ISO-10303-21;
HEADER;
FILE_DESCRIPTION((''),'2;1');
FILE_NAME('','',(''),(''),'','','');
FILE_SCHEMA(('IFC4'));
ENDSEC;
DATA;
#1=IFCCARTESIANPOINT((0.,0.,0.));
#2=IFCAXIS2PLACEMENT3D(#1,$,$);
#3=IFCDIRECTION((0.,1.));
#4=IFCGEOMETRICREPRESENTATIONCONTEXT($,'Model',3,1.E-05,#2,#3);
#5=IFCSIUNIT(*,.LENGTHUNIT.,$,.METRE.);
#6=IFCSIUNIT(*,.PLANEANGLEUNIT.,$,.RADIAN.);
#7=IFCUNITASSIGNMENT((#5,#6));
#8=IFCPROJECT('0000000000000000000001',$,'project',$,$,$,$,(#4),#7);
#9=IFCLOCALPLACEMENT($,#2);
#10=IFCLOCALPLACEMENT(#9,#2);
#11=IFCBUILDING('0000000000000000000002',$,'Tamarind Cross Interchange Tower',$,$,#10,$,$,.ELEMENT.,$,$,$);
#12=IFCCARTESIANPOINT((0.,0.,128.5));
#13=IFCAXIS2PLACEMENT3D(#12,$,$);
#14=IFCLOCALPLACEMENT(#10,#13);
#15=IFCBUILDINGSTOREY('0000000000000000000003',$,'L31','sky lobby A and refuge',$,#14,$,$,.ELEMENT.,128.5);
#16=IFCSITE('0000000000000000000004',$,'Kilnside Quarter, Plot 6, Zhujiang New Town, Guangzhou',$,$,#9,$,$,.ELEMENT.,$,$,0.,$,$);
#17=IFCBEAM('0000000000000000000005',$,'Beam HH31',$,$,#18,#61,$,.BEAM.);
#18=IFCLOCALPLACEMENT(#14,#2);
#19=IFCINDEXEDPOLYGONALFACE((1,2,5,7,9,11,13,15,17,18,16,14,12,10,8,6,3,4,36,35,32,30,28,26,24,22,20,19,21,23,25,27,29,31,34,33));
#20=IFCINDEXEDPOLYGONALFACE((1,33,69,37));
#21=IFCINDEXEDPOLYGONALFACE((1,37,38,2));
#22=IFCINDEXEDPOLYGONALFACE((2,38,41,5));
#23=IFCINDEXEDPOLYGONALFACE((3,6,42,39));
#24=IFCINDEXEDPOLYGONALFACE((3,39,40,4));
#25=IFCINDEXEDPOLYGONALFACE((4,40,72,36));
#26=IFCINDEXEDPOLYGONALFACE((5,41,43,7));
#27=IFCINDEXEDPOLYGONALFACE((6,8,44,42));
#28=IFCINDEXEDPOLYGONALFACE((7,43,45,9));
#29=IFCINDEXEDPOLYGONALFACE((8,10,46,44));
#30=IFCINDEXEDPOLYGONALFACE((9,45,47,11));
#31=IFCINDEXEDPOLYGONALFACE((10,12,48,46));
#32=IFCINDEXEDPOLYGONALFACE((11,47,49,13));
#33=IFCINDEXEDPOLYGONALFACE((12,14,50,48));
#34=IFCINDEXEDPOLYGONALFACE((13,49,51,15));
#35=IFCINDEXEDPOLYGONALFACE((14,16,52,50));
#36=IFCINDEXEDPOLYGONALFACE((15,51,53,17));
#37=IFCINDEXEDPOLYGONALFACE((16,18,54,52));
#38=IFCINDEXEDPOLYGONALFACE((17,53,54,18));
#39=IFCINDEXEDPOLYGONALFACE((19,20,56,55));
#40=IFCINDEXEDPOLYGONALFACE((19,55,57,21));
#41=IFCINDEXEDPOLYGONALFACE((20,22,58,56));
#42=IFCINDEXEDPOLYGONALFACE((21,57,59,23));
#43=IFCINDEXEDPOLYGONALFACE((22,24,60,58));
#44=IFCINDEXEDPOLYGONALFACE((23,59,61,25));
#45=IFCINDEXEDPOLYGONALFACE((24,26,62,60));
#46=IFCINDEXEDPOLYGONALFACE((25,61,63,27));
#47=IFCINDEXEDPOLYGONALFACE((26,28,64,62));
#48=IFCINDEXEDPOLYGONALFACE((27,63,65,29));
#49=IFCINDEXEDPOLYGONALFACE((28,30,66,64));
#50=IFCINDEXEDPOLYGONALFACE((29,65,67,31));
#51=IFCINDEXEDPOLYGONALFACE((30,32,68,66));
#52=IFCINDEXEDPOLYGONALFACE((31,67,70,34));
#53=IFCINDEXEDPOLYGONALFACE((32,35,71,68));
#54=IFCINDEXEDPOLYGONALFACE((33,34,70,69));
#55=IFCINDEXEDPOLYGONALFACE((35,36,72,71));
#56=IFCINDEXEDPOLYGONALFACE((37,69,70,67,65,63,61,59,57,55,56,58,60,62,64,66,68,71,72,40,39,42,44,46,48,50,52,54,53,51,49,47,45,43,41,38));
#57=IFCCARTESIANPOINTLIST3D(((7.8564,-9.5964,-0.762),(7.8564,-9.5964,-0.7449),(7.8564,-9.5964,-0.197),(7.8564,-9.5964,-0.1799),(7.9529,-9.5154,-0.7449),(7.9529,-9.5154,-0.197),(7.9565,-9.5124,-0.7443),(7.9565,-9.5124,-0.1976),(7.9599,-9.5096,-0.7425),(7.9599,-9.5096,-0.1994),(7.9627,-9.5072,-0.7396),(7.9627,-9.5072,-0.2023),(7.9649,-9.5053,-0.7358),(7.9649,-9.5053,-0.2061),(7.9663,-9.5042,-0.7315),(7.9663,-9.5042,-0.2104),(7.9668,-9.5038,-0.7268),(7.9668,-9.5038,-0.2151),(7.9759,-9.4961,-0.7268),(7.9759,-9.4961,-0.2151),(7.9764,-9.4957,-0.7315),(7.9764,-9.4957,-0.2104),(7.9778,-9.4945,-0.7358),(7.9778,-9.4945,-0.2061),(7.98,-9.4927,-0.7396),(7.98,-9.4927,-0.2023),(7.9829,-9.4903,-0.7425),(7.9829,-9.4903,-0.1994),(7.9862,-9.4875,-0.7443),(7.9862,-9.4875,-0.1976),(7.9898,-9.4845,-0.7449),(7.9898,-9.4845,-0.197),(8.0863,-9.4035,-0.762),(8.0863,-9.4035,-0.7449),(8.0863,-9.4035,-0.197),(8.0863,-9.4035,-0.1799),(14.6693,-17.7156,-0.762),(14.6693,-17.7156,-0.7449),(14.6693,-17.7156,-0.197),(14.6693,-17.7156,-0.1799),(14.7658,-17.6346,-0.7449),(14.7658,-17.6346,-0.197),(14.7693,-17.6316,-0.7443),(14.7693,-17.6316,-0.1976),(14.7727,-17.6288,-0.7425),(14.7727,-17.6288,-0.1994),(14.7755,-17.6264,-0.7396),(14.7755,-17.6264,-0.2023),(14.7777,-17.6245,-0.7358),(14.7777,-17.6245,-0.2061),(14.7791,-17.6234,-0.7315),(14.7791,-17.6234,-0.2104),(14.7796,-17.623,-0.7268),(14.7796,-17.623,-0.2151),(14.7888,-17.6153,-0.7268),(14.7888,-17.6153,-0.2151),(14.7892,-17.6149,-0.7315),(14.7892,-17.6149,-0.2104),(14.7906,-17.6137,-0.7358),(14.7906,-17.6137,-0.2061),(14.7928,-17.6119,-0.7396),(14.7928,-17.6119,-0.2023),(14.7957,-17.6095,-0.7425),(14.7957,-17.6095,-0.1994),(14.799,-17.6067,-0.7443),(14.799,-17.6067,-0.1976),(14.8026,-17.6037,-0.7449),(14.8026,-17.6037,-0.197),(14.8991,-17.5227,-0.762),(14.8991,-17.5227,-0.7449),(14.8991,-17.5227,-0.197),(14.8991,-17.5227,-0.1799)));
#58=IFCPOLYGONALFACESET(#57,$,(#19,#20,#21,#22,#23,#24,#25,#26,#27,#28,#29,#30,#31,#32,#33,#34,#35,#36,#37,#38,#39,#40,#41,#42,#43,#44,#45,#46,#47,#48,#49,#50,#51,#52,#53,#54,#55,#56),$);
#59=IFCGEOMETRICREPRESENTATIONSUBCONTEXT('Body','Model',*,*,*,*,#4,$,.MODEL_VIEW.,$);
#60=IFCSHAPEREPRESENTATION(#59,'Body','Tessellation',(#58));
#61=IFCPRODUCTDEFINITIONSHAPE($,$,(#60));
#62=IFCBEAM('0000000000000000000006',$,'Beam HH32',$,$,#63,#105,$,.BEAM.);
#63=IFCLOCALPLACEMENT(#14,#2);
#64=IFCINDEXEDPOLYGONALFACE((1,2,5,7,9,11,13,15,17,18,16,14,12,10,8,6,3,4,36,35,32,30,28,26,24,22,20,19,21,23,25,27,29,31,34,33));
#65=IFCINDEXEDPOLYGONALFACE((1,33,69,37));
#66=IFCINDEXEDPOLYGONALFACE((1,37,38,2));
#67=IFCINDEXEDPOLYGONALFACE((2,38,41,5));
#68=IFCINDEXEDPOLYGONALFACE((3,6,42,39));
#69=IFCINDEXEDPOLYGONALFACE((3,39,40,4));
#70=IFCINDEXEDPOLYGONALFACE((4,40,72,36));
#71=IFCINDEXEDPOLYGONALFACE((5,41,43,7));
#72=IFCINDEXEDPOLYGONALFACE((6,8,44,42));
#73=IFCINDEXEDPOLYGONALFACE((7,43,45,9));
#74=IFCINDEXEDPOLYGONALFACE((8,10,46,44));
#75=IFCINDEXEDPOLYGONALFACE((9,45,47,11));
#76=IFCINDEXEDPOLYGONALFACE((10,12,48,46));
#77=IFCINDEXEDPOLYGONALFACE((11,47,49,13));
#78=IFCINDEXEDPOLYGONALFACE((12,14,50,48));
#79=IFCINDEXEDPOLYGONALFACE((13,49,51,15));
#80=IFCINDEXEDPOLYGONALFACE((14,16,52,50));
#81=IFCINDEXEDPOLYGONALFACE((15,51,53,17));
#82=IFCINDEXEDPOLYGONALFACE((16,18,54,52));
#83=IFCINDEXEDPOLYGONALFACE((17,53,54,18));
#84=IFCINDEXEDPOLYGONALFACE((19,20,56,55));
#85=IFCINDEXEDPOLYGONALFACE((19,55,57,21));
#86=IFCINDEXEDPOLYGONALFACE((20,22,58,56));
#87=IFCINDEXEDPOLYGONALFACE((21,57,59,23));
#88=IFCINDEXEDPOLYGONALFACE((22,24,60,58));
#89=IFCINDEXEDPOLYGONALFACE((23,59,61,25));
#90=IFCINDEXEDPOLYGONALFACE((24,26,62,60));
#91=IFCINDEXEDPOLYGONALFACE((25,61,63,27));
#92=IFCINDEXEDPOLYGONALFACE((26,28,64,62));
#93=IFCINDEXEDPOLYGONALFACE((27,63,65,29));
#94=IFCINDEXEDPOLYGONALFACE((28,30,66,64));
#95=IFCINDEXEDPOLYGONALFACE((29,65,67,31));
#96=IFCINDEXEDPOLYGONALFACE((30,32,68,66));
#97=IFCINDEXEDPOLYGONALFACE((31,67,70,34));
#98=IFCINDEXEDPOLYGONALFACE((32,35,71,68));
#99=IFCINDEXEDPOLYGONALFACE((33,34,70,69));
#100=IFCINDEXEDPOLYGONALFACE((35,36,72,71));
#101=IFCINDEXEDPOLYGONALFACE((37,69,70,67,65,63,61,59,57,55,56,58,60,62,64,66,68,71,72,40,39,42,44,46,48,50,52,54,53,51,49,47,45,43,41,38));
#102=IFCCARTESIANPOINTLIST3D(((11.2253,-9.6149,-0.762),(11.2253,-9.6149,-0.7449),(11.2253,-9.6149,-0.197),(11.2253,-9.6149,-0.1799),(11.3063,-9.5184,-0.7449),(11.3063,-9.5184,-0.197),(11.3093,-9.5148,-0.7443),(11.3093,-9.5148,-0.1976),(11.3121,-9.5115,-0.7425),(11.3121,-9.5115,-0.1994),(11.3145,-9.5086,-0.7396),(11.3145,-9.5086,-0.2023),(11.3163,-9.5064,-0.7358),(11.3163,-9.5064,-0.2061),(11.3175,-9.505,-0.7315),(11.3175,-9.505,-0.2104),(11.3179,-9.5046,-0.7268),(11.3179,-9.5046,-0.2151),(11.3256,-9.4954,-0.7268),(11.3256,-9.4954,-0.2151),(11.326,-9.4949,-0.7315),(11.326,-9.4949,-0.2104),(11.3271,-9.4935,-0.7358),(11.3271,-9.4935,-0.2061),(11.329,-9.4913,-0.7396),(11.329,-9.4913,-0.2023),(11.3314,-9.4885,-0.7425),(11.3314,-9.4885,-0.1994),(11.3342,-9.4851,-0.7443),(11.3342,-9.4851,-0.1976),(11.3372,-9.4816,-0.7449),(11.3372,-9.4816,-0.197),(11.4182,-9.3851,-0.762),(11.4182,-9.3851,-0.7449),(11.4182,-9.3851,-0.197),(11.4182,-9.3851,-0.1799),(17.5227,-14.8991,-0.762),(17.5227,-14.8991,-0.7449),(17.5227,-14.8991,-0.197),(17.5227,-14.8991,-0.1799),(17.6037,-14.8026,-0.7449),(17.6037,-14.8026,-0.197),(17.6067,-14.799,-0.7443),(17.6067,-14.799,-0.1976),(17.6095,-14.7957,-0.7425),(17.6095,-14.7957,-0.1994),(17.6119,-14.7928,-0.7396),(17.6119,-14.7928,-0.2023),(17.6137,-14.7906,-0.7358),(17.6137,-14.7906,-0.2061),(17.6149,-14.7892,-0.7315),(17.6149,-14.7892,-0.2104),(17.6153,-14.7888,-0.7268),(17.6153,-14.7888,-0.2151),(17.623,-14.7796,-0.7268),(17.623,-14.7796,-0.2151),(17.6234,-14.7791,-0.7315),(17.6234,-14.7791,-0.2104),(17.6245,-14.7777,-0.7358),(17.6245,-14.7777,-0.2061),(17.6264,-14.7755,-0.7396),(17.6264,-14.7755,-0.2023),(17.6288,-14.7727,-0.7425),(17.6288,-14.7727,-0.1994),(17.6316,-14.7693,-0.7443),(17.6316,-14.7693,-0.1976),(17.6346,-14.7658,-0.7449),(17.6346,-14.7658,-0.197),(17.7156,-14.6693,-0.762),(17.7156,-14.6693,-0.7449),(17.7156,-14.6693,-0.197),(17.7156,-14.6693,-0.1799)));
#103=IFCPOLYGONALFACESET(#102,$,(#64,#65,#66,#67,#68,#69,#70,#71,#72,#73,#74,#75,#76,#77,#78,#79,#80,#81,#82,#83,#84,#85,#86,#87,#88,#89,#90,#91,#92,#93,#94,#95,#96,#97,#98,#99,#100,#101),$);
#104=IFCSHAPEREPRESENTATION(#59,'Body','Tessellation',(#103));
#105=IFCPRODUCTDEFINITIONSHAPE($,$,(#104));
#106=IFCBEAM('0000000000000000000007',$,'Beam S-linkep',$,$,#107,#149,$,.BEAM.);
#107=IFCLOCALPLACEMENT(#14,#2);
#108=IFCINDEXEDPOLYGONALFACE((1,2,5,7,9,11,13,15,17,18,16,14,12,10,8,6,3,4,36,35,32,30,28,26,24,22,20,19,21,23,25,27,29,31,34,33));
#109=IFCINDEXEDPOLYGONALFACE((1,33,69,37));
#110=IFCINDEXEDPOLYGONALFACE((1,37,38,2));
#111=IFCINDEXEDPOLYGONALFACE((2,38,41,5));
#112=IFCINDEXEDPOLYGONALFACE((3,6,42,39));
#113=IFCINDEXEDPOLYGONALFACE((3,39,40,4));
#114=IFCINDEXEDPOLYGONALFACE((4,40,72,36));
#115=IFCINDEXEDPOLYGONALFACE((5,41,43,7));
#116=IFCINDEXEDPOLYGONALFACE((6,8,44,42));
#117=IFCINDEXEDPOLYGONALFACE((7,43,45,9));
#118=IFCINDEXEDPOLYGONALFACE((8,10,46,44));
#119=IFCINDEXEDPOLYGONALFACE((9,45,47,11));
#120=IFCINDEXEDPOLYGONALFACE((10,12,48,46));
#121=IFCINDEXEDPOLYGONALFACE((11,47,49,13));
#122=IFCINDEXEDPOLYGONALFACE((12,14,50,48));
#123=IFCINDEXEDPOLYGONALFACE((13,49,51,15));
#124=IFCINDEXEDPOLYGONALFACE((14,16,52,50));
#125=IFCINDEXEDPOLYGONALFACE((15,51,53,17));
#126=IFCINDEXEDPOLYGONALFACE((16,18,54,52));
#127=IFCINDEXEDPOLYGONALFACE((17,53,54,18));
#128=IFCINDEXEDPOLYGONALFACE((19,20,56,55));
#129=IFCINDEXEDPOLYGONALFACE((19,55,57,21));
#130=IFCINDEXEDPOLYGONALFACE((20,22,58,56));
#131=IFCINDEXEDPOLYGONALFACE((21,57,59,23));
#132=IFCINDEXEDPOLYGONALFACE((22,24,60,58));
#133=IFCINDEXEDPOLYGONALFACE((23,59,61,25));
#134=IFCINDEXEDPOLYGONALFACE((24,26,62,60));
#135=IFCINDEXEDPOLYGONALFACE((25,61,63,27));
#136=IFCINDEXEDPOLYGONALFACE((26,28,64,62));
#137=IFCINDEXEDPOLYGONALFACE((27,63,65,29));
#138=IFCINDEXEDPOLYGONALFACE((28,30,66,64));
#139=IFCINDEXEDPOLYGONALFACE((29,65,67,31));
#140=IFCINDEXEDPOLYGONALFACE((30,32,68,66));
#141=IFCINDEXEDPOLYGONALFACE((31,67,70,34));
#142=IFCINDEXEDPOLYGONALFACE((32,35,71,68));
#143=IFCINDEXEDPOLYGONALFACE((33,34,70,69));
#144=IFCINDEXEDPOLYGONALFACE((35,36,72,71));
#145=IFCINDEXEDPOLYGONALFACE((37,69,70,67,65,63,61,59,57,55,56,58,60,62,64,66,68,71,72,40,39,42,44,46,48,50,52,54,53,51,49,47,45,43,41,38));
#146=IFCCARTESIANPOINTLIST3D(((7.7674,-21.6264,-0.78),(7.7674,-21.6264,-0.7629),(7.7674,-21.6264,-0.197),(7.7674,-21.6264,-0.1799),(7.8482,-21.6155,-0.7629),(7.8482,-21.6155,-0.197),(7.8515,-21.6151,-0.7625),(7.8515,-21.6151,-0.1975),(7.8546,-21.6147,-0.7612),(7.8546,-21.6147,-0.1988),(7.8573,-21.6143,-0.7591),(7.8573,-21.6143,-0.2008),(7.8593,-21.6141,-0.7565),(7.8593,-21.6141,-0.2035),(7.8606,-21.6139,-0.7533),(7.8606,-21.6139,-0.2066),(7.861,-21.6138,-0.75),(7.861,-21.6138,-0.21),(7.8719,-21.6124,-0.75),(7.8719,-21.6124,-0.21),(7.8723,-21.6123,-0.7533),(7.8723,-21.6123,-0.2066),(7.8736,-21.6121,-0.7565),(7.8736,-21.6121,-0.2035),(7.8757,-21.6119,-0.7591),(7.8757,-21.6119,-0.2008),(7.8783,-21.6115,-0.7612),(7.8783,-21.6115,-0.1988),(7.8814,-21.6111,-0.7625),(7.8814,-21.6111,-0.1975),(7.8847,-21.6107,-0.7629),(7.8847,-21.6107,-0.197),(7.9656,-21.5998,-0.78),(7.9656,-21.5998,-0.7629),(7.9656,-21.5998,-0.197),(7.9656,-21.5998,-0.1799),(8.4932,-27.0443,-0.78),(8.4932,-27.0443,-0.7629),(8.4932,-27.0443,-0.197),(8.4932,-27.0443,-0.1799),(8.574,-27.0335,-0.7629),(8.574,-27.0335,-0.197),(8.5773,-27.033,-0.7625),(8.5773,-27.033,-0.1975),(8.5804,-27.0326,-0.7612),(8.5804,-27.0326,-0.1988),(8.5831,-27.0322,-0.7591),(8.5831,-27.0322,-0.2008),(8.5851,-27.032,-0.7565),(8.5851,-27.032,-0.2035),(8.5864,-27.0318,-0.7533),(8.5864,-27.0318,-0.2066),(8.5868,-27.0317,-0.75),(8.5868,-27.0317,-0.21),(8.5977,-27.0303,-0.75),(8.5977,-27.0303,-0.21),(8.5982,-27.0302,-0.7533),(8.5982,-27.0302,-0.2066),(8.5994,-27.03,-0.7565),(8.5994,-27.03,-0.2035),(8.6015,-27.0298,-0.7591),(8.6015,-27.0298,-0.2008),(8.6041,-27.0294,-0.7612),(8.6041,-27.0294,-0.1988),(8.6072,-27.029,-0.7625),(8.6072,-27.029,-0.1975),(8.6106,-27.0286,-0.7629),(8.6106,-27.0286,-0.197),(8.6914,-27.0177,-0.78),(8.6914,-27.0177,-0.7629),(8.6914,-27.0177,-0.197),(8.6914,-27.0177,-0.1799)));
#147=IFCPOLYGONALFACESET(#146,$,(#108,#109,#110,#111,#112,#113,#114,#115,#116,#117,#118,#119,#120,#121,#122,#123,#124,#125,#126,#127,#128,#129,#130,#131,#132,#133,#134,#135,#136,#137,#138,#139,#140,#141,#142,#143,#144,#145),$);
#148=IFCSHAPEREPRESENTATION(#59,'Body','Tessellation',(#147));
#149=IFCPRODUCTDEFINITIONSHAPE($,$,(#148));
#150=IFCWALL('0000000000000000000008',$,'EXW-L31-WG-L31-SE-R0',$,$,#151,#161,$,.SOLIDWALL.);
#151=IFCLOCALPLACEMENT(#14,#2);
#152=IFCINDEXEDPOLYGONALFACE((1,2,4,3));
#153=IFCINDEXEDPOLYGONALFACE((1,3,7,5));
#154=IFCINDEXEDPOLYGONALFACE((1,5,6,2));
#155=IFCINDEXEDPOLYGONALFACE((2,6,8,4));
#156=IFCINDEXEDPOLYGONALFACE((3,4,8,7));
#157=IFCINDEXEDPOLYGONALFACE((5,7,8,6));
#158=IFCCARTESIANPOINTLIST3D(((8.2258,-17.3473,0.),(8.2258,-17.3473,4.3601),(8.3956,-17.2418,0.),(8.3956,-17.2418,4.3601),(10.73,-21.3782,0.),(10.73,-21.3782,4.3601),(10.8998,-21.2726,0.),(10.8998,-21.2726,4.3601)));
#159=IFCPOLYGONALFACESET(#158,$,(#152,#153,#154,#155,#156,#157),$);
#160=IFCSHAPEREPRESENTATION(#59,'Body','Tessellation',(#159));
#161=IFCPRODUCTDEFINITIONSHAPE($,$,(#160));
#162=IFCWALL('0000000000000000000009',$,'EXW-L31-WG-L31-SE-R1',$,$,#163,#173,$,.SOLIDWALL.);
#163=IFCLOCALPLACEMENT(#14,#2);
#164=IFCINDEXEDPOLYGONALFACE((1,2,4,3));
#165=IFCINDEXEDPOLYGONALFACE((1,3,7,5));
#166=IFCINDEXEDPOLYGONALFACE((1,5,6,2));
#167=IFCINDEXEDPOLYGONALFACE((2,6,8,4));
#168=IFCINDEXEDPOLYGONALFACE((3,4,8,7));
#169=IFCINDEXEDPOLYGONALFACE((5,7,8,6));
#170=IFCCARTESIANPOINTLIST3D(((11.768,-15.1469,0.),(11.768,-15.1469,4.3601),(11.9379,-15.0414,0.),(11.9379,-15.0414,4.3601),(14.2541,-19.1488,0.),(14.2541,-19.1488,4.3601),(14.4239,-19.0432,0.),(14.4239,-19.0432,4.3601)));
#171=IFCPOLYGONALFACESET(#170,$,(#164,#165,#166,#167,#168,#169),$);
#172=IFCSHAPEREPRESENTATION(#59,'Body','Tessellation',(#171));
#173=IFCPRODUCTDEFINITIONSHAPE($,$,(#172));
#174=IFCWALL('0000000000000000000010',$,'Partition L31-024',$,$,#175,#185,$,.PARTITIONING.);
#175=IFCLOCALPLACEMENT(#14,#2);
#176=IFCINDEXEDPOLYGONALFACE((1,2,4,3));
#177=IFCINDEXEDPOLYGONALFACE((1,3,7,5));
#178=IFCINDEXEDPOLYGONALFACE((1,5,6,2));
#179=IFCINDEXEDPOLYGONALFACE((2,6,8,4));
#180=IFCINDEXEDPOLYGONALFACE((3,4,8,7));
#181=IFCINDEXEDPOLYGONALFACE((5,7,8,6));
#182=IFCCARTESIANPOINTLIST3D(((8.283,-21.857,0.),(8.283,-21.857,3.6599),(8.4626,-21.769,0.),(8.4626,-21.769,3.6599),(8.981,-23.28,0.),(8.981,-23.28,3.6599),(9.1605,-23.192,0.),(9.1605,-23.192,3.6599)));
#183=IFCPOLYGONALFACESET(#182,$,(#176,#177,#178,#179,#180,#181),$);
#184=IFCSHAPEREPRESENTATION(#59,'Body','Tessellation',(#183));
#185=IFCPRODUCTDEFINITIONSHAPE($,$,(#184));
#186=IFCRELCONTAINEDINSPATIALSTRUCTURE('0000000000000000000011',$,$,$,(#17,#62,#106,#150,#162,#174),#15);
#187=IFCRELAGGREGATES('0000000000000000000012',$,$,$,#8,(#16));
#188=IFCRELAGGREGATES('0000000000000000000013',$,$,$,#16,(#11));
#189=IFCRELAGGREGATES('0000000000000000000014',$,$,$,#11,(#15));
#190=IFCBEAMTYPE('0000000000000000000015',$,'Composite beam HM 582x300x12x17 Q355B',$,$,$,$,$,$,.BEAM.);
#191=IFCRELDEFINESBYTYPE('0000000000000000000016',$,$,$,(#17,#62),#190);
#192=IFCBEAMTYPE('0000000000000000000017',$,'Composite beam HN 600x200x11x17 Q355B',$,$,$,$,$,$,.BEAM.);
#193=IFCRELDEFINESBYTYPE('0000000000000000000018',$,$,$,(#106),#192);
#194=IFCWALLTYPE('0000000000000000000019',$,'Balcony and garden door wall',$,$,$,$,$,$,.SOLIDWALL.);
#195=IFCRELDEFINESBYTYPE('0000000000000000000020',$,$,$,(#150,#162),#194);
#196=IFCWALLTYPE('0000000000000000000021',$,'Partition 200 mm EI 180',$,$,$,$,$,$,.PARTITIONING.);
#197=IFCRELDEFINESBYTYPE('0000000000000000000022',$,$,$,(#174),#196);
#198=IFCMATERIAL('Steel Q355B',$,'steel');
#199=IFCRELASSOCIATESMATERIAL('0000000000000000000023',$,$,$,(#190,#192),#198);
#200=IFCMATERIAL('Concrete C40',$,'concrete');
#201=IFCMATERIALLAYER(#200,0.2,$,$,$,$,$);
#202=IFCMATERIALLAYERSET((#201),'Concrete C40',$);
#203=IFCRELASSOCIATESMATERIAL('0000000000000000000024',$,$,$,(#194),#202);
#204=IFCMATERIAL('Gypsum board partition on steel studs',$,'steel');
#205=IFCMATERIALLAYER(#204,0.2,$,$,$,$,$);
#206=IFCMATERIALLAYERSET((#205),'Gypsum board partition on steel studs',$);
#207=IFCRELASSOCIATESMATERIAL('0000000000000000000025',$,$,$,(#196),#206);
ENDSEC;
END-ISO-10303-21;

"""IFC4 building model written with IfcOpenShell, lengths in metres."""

from ifc_helpers import new_model, si_unit, direction, frame, frame_2d, origin, origin_2d, place, context, subcontext, project, spatial, rectangle, i_section, extrude, material, layer, layer_set, material_profile, profile_set, type_object, element, save


model = new_model("IFC4")

# Units and contexts
model_context = context("Model", 3, precision=1e-05, world=origin(), true_north=direction((0.0, 1.0)))
body_context = subcontext(model_context, "Body", "Model", "MODEL_VIEW")
ifc_project = project(units=[si_unit("LENGTHUNIT", "METRE"), si_unit("PLANEANGLEUNIT", "RADIAN")], contexts=[model_context])

# Site, building, storey
site_placement = place(None, origin())
site = spatial("IfcSite", under=ifc_project, at=site_placement, Name="Kilnside Quarter, Plot 6, Zhujiang New Town, Guangzhou", CompositionType="ELEMENT", RefElevation=0.0)
building_placement = place(site_placement, origin())
building = spatial("IfcBuilding", under=site, at=building_placement, Name="Tamarind Cross Interchange Tower", CompositionType="ELEMENT")
storey_placement = place(building_placement, frame((0.0, 0.0, 128.5)))
storey = spatial("IfcBuildingStorey", under=building, at=storey_placement, Name="L31", Description="sky lobby A and refuge", CompositionType="ELEMENT", Elevation=128.5)

# Beams
ifc_material_1 = material(Name="Steel Q355B", Category="steel")
ifc_material_profile_1 = material_profile(ifc_material_1, i_section(OverallWidth=0.3, OverallDepth=0.582, WebThickness=0.012, FlangeThickness=0.0171, FilletRadius=0.0181, at=origin_2d()), Name="HM 582x300x12x17")
ifc_profile_set_1 = profile_set([ifc_material_profile_1], Name="Steel Q355B")
beam_type_1 = type_object("IfcBeamType", Name="Composite beam HM 582x300x12x17 Q355B", PredefinedType="BEAM", material=ifc_profile_set_1)
beam_1_placement = place(storey_placement, frame((14.7842, -17.6191, -0.4709), z_axis=(-0.642786, 0.766046, 0.0), x_axis=(-0.766046, -0.642786, 0.0)))
element("IfcBeam", 1, at=beam_1_placement, inside=storey, type_object=beam_type_1, Name="Beam HH31", PredefinedType="BEAM", context=body_context, shape_type="SweptSolid", body=[
    extrude(i_section(OverallWidth=0.3, OverallDepth=0.582, WebThickness=0.012, FlangeThickness=0.0171, FilletRadius=0.0181, at=origin_2d()), origin(), (0.0, 0.0, 1.0), 10.5989),
])
beam_2_placement = place(storey_placement, frame((17.6191, -14.7842, -0.4709), z_axis=(-0.766041, 0.642792, 0.0), x_axis=(-0.642792, -0.766041, 0.0)))
element("IfcBeam", 2, at=beam_2_placement, inside=storey, type_object=beam_type_1, Name="Beam HH32", PredefinedType="BEAM", context=body_context, shape_type="SweptSolid", body=[
    extrude(i_section(OverallWidth=0.3, OverallDepth=0.582, WebThickness=0.012, FlangeThickness=0.0171, FilletRadius=0.0181, at=origin_2d()), origin(), (0.0, 0.0, 1.0), 8.2207),
])
ifc_material_profile_2 = material_profile(ifc_material_1, i_section(OverallWidth=0.2, OverallDepth=0.6001, WebThickness=0.011, FlangeThickness=0.0171, FilletRadius=0.0129, at=origin_2d()), Name="HN 600x200x11x17")
ifc_profile_set_2 = profile_set([ifc_material_profile_2], Name="Steel Q355B")
beam_type_2 = type_object("IfcBeamType", Name="Composite beam HN 600x200x11x17 Q355B", PredefinedType="BEAM", material=ifc_profile_set_2)
beam_3_placement = place(storey_placement, frame((8.5923, -27.031, -0.48), z_axis=(-0.132781, 0.991145, 0.0), x_axis=(-0.991145, -0.132781, 0.0)))
element("IfcBeam", 3, at=beam_3_placement, inside=storey, type_object=beam_type_2, Name="Beam S-linkep", PredefinedType="BEAM", context=body_context, shape_type="SweptSolid", body=[
    extrude(i_section(OverallWidth=0.2, OverallDepth=0.6001, WebThickness=0.011, FlangeThickness=0.0171, FilletRadius=0.0129, at=origin_2d()), origin(), (0.0, 0.0, 1.0), 5.4663),
])

# Walls
ifc_material_2 = material(Name="Concrete C40", Category="concrete")
ifc_layer_1 = layer(ifc_material_2, 0.2)
ifc_layer_set_1 = layer_set([ifc_layer_1], Name="Concrete C40")
wall_type_1 = type_object("IfcWallType", Name="Balcony and garden door wall", PredefinedType="SOLIDWALL", material=ifc_layer_set_1)
wall_1_placement = place(storey_placement, frame((8.3108, -17.2947, 0.0), z_axis=(0.0, 0.0, 1.0), x_axis=(0.527712, -0.849423, 0.0)))
element("IfcWall", 4, at=wall_1_placement, inside=storey, type_object=wall_type_1, Name="EXW-L31-WG-L31-SE-R0", PredefinedType="SOLIDWALL", context=body_context, shape_type="SweptSolid", body=[
    extrude(rectangle(XDim=4.7454, YDim=0.2, at=frame_2d((2.3726, 0.0))), origin(), (0.0, 0.0, 1.0), 4.3601),
])
wall_2_placement = place(storey_placement, frame((11.853, -15.0942, 0.0), z_axis=(0.0, 0.0, 1.0), x_axis=(0.527687, -0.849439, 0.0)))
element("IfcWall", 5, at=wall_2_placement, inside=storey, type_object=wall_type_1, Name="EXW-L31-WG-L31-SE-R1", PredefinedType="SOLIDWALL", context=body_context, shape_type="SweptSolid", body=[
    extrude(rectangle(XDim=4.7112, YDim=0.2, at=frame_2d((2.3555, 0.0))), origin(), (0.0, 0.0, 1.0), 4.3601),
])
ifc_material_3 = material(Name="Gypsum board partition on steel studs", Category="steel")
ifc_layer_2 = layer(ifc_material_3, 0.2)
ifc_layer_set_2 = layer_set([ifc_layer_2], Name="Gypsum board partition on steel studs")
wall_type_2 = type_object("IfcWallType", Name="Partition 200 mm EI 180", PredefinedType="PARTITIONING", material=ifc_layer_set_2)
wall_3_placement = place(storey_placement, frame((8.3728, -21.813, 0.0), z_axis=(0.0, 0.0, 1.0), x_axis=(0.440362, -0.89782, 0.0)))
element("IfcWall", 6, at=wall_3_placement, inside=storey, type_object=wall_type_2, Name="Partition L31-024", PredefinedType="PARTITIONING", context=body_context, shape_type="SweptSolid", body=[
    extrude(rectangle(XDim=1.585, YDim=0.2, at=frame_2d((0.7925, 0.0))), origin(), (0.0, 0.0, 1.0), 3.6599),
])

save(model, "model.ifc")
